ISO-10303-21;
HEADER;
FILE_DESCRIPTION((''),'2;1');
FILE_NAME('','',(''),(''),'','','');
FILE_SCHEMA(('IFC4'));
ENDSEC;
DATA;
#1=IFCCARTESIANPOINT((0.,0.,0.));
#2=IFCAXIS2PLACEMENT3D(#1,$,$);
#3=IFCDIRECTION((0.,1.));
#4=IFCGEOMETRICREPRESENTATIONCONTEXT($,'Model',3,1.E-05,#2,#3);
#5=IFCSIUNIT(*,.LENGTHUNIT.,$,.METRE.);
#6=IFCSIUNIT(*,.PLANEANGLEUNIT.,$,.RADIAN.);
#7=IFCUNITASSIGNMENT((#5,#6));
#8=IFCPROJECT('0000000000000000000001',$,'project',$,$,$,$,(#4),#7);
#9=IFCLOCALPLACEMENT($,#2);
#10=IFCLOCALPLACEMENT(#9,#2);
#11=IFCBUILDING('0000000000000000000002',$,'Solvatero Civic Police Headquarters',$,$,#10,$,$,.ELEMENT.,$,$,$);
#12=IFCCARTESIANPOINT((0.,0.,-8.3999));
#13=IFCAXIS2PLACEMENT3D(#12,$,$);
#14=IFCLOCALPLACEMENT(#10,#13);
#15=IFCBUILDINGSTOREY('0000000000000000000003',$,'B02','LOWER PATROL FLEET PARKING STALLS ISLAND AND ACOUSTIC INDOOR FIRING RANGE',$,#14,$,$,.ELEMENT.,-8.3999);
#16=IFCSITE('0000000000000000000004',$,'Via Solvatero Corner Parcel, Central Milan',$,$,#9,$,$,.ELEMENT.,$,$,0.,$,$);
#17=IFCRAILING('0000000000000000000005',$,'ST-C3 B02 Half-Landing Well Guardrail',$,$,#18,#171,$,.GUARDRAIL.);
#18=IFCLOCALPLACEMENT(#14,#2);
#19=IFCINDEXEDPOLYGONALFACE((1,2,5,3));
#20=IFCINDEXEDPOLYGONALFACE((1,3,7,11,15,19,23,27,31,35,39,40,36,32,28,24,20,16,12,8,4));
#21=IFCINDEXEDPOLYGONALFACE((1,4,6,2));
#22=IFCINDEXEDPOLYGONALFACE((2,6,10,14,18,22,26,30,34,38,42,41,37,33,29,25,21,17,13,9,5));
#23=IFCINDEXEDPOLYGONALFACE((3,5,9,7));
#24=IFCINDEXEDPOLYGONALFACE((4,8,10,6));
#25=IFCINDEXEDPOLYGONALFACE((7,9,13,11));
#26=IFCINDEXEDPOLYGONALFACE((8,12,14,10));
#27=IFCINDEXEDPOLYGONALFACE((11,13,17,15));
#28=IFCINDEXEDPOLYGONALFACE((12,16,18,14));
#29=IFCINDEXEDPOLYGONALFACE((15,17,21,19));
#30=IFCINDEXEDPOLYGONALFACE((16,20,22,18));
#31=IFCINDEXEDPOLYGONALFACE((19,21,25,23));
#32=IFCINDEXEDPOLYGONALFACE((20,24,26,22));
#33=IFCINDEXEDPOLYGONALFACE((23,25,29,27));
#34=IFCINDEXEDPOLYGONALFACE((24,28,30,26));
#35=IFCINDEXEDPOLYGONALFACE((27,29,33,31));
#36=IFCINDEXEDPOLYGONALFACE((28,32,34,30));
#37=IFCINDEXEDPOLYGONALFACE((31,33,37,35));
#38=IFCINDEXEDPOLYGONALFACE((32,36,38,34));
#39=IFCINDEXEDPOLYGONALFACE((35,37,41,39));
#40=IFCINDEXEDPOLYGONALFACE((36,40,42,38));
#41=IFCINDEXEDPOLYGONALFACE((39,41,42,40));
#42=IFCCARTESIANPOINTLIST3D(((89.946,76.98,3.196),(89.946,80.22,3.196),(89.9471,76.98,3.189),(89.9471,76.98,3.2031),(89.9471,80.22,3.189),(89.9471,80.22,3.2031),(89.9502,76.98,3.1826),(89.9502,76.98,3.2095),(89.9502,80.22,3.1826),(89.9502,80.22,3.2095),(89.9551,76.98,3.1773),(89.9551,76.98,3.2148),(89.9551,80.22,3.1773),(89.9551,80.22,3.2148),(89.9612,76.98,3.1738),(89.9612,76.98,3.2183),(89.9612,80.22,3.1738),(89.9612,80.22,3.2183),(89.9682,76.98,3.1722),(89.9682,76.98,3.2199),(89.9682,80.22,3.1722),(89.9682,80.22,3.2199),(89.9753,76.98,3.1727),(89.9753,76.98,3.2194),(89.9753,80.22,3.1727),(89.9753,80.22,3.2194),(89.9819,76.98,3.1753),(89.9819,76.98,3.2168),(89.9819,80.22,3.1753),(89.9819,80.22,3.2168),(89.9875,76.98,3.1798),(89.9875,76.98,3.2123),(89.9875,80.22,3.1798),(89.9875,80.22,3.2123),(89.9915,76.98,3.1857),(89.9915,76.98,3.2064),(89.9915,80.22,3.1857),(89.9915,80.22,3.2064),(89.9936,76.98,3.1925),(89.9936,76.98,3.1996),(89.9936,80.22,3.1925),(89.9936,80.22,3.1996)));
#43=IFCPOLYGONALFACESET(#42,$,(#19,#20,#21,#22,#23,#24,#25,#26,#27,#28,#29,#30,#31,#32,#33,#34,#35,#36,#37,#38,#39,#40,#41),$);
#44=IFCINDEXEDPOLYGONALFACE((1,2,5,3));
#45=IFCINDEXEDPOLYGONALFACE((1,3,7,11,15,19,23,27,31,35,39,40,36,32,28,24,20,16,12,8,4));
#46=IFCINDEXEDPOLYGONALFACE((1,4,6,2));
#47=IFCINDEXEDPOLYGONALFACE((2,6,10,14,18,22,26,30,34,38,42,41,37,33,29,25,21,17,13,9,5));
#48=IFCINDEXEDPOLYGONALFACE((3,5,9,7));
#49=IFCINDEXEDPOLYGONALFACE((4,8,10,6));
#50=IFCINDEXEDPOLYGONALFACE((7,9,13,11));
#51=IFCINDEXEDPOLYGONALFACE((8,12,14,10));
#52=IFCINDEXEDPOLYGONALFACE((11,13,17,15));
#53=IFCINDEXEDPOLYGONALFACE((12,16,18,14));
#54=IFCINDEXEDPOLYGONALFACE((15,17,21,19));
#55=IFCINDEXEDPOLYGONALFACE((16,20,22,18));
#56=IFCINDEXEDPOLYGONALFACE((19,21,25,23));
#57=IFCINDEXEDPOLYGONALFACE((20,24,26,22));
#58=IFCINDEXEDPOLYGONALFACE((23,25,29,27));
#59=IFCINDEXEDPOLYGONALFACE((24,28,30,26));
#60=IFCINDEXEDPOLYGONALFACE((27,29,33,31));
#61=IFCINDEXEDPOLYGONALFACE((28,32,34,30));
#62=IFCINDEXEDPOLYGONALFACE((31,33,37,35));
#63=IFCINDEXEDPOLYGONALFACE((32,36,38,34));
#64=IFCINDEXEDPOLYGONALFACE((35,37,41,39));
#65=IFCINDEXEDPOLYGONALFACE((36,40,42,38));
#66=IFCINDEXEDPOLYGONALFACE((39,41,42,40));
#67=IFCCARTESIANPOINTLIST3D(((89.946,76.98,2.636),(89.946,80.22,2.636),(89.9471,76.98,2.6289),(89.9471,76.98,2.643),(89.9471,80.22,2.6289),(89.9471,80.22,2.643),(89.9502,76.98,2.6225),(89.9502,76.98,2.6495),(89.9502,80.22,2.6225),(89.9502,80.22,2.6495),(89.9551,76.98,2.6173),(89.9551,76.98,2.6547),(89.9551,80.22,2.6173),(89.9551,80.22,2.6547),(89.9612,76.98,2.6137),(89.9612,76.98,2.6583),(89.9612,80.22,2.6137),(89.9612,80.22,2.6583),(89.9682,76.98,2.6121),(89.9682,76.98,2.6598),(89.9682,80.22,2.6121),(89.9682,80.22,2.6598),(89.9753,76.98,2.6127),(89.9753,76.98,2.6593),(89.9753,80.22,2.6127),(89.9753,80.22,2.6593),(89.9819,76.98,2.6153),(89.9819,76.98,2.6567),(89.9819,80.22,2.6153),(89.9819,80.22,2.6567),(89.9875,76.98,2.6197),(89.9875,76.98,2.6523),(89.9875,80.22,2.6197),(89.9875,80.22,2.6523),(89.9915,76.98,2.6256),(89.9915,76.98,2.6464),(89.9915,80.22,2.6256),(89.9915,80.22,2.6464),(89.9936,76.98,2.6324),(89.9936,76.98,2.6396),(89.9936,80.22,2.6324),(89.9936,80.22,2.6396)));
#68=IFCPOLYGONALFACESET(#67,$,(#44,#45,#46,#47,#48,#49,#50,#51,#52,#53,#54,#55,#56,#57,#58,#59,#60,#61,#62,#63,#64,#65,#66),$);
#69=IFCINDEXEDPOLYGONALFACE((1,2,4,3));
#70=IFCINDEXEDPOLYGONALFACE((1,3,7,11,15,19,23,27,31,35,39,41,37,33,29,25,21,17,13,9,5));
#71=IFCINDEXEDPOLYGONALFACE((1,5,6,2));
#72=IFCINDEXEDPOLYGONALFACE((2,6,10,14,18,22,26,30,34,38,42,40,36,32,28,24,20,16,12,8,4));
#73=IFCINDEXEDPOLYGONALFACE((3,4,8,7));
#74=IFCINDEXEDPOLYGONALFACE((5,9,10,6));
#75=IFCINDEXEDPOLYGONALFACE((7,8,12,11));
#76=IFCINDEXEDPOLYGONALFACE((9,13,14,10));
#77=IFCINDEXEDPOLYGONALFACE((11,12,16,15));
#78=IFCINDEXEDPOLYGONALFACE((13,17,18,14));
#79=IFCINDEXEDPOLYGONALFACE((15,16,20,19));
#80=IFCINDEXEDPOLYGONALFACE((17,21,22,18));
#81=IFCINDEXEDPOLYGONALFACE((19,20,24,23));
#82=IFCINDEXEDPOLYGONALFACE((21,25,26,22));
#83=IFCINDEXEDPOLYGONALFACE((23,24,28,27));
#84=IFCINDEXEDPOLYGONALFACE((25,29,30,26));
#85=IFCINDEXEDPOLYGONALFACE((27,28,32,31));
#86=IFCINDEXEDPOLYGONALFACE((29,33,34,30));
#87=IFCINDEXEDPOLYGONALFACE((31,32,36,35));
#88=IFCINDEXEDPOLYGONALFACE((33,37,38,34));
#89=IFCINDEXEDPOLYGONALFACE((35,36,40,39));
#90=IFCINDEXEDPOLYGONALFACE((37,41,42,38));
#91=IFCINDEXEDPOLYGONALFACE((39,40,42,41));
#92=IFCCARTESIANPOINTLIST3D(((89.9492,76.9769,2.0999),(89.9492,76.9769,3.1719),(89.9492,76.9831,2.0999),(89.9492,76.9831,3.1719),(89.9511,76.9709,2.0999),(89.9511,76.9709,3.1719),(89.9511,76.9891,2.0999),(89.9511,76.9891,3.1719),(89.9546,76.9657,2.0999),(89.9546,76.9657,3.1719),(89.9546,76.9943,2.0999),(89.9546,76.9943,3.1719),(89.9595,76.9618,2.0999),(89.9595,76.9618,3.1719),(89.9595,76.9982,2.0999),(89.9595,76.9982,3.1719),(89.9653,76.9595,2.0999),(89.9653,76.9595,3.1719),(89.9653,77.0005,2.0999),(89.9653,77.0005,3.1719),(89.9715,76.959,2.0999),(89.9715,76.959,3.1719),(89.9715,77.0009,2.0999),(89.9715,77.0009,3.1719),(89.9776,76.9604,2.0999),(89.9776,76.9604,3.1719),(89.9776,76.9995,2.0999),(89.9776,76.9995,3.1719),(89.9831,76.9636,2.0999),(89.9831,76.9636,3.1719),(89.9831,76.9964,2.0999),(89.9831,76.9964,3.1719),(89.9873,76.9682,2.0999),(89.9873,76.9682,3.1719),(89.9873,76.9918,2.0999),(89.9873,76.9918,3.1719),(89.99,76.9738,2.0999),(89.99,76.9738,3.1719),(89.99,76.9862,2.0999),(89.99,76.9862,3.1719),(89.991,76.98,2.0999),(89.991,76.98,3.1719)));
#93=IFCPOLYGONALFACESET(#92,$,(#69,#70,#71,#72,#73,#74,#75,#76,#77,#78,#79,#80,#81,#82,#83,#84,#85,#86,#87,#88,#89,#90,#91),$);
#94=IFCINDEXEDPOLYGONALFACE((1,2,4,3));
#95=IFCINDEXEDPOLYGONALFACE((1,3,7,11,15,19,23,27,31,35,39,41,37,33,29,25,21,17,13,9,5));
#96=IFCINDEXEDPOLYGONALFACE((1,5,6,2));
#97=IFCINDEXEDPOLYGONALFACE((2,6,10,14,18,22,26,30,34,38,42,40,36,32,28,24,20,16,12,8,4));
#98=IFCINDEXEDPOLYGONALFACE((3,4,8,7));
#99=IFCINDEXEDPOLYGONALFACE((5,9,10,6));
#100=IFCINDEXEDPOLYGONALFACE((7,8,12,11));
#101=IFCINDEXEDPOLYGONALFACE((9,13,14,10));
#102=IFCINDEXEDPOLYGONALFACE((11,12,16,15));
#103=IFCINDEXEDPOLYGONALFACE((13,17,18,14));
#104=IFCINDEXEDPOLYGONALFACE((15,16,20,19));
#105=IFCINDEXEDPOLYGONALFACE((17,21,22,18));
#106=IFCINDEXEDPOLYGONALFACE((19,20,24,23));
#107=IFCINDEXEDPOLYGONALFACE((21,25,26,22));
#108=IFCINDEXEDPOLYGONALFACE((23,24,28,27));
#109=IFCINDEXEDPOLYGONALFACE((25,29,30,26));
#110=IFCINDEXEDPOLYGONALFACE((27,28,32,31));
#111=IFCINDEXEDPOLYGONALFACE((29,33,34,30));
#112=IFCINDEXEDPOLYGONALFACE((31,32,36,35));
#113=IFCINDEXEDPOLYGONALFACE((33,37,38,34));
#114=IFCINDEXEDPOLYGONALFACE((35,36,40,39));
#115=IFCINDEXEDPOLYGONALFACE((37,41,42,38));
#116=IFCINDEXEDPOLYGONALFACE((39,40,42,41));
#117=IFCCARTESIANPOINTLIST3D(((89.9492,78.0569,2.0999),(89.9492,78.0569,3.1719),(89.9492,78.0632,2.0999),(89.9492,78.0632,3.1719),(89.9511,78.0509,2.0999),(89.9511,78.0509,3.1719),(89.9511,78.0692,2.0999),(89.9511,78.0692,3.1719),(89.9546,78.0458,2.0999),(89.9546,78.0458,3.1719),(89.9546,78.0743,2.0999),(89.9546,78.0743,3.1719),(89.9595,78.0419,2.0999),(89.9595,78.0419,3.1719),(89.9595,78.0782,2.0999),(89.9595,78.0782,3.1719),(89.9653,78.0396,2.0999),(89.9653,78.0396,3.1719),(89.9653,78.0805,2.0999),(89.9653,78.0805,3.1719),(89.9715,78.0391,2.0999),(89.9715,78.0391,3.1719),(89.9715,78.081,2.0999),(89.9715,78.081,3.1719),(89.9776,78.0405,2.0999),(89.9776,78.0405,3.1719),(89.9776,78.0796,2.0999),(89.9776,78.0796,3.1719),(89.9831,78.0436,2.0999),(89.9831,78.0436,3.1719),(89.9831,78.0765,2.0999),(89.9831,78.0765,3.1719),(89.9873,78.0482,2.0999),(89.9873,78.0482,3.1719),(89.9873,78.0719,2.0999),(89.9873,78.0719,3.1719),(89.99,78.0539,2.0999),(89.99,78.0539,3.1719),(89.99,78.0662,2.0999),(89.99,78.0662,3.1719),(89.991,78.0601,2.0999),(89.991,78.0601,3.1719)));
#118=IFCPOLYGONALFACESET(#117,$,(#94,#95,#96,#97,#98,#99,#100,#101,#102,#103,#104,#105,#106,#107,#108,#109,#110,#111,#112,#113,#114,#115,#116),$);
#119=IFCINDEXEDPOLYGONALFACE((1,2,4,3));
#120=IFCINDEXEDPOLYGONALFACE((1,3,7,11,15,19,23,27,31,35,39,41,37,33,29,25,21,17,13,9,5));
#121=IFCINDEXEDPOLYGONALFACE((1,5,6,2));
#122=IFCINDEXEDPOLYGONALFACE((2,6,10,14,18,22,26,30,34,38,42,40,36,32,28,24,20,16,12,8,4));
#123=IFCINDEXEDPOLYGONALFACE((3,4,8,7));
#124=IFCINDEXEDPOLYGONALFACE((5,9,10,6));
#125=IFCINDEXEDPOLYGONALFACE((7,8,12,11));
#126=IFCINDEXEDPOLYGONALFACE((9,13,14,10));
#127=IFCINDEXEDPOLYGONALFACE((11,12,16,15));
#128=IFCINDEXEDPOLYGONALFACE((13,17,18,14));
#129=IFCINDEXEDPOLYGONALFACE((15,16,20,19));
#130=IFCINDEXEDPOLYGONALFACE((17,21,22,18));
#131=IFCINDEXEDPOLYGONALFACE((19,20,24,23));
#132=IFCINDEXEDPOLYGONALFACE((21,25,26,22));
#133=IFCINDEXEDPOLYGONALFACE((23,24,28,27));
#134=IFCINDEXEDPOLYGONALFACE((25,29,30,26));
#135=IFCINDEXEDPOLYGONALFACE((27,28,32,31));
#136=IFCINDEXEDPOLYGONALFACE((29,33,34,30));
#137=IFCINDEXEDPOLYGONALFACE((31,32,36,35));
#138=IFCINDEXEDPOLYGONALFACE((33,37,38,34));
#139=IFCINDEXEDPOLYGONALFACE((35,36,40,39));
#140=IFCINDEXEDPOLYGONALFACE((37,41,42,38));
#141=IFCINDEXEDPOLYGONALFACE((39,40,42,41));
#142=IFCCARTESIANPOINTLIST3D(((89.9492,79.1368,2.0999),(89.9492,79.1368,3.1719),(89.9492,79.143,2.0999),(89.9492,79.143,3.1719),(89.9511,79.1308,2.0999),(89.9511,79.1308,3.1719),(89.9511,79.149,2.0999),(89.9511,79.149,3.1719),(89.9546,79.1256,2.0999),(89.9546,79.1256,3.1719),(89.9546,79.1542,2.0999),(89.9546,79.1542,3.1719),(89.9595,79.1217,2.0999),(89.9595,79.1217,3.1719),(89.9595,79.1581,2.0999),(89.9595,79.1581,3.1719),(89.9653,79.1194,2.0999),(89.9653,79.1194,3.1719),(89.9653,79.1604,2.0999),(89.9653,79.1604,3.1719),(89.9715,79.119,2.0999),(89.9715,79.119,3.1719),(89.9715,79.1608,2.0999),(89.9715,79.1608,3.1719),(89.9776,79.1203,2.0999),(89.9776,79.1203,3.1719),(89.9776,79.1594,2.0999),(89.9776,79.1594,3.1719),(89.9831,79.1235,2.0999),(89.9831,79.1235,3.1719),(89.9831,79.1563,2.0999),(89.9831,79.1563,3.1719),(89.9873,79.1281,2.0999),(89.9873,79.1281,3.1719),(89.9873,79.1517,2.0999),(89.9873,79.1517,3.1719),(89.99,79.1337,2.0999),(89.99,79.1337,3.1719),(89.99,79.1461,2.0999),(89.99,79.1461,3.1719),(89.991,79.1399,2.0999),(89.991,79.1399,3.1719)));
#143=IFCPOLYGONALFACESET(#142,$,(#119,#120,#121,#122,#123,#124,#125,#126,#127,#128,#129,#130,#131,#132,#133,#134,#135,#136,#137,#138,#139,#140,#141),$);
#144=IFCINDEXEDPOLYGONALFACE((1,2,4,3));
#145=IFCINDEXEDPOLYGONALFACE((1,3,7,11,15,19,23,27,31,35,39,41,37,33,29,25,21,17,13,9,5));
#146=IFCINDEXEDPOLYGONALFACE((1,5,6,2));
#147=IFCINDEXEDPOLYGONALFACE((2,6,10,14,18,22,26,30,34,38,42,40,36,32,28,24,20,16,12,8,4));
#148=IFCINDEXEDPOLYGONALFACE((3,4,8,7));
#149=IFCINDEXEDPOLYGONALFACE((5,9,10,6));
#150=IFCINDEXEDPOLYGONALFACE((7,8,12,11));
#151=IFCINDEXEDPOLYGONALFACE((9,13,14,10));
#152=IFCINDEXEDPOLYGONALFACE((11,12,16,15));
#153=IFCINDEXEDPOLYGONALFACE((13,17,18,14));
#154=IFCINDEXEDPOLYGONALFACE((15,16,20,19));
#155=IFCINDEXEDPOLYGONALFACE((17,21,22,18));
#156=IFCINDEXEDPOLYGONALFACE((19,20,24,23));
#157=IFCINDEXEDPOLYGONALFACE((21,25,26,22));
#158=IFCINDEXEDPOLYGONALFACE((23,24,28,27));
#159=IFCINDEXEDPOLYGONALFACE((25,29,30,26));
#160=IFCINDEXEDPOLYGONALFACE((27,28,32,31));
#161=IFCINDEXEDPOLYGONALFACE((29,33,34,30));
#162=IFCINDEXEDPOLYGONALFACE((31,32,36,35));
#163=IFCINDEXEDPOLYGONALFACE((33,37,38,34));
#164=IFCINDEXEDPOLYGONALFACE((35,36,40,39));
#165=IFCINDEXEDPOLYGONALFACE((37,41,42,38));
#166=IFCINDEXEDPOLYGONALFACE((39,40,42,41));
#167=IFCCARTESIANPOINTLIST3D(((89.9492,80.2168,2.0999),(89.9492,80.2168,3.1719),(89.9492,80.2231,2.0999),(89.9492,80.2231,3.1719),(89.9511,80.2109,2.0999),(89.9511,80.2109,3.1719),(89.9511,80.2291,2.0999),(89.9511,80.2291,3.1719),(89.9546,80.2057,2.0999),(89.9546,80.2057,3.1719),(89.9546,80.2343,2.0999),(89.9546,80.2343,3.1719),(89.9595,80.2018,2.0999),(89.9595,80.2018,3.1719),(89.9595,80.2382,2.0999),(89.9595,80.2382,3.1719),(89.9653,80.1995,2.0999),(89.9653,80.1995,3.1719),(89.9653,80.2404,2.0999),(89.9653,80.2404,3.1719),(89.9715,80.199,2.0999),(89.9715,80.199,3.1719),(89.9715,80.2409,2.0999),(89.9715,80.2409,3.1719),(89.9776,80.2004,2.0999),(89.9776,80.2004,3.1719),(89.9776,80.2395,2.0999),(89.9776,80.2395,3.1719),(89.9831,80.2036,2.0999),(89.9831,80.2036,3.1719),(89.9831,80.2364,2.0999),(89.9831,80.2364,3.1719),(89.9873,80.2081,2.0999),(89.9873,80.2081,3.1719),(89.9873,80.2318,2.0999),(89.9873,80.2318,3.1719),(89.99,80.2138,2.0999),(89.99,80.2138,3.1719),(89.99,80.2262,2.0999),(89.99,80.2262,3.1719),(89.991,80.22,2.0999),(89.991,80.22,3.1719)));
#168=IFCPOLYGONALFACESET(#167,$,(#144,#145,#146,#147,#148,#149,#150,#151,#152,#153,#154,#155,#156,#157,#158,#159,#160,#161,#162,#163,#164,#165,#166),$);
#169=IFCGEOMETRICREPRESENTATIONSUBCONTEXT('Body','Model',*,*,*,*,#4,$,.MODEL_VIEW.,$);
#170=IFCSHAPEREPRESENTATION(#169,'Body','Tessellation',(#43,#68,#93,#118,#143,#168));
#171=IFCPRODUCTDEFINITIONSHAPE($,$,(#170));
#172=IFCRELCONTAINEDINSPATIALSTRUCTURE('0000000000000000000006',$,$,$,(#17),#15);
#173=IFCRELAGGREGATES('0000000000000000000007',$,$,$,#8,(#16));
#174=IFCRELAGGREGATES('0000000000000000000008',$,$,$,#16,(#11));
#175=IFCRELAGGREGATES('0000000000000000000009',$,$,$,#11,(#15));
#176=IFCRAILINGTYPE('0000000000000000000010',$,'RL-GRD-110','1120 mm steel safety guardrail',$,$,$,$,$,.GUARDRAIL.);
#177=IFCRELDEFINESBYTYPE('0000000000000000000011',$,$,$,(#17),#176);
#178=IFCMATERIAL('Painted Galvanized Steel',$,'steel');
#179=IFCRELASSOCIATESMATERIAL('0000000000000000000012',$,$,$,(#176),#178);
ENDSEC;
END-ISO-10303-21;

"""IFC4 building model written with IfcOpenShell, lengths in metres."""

from ifc_helpers import new_model, si_unit, direction, frame, origin, origin_2d, place, context, subcontext, project, spatial, circle, extrude, material, type_object, element, save


model = new_model("IFC4")

# Units and contexts
model_context = context("Model", 3, precision=1e-05, world=origin(), true_north=direction((0.0, 1.0)))
body_context = subcontext(model_context, "Body", "Model", "MODEL_VIEW")
ifc_project = project(units=[si_unit("LENGTHUNIT", "METRE"), si_unit("PLANEANGLEUNIT", "RADIAN")], contexts=[model_context])

# Site, building, storey
site_placement = place(None, origin())
site = spatial("IfcSite", under=ifc_project, at=site_placement, Name="Via Solvatero Corner Parcel, Central Milan", CompositionType="ELEMENT", RefElevation=0.0)
building_placement = place(site_placement, origin())
building = spatial("IfcBuilding", under=site, at=building_placement, Name="Solvatero Civic Police Headquarters", CompositionType="ELEMENT")
storey_placement = place(building_placement, frame((0.0, 0.0, -8.3999)))
storey = spatial("IfcBuildingStorey", under=building, at=storey_placement, Name="B02", Description="LOWER PATROL FLEET PARKING STALLS ISLAND AND ACOUSTIC INDOOR FIRING RANGE", CompositionType="ELEMENT", Elevation=-8.3999)

# Railing
ifc_material_1 = material(Name="Painted Galvanized Steel", Category="steel")
railing_type_1 = type_object("IfcRailingType", Name="RL-GRD-110", Description="1120 mm steel safety guardrail", PredefinedType="GUARDRAIL", material=ifc_material_1)
railing_1_placement = place(storey_placement, frame((89.97, 76.98, 2.0999)))
element("IfcRailing", 1, at=railing_1_placement, inside=storey, type_object=railing_type_1, Name="ST-C3 B02 Half-Landing Well Guardrail", PredefinedType="GUARDRAIL", context=body_context, shape_type="SweptSolid", body=[
    extrude(circle(Radius=0.0239, at=origin_2d()), frame((0.0, 0.0, 1.0962), z_axis=(0.0, 1.0, 0.0), x_axis=(-1.0, 0.0, 0.0)), (0.0, 0.0, 1.0), 3.24),
    extrude(circle(Radius=0.0239, at=origin_2d()), frame((0.0, 0.0, 0.5361), z_axis=(0.0, 1.0, 0.0), x_axis=(-1.0, 0.0, 0.0)), (0.0, 0.0, 1.0), 3.24),
    extrude(circle(Radius=0.021, at=origin_2d()), origin(), (0.0, 0.0, 1.0), 1.072),
    extrude(circle(Radius=0.021, at=origin_2d()), frame((0.0, 1.0801, 0.0)), (0.0, 0.0, 1.0), 1.072),
    extrude(circle(Radius=0.021, at=origin_2d()), frame((0.0, 2.1599, 0.0)), (0.0, 0.0, 1.0), 1.072),
    extrude(circle(Radius=0.021, at=origin_2d()), frame((0.0, 3.24, 0.0)), (0.0, 0.0, 1.0), 1.072),
])

save(model, "model.ifc")
